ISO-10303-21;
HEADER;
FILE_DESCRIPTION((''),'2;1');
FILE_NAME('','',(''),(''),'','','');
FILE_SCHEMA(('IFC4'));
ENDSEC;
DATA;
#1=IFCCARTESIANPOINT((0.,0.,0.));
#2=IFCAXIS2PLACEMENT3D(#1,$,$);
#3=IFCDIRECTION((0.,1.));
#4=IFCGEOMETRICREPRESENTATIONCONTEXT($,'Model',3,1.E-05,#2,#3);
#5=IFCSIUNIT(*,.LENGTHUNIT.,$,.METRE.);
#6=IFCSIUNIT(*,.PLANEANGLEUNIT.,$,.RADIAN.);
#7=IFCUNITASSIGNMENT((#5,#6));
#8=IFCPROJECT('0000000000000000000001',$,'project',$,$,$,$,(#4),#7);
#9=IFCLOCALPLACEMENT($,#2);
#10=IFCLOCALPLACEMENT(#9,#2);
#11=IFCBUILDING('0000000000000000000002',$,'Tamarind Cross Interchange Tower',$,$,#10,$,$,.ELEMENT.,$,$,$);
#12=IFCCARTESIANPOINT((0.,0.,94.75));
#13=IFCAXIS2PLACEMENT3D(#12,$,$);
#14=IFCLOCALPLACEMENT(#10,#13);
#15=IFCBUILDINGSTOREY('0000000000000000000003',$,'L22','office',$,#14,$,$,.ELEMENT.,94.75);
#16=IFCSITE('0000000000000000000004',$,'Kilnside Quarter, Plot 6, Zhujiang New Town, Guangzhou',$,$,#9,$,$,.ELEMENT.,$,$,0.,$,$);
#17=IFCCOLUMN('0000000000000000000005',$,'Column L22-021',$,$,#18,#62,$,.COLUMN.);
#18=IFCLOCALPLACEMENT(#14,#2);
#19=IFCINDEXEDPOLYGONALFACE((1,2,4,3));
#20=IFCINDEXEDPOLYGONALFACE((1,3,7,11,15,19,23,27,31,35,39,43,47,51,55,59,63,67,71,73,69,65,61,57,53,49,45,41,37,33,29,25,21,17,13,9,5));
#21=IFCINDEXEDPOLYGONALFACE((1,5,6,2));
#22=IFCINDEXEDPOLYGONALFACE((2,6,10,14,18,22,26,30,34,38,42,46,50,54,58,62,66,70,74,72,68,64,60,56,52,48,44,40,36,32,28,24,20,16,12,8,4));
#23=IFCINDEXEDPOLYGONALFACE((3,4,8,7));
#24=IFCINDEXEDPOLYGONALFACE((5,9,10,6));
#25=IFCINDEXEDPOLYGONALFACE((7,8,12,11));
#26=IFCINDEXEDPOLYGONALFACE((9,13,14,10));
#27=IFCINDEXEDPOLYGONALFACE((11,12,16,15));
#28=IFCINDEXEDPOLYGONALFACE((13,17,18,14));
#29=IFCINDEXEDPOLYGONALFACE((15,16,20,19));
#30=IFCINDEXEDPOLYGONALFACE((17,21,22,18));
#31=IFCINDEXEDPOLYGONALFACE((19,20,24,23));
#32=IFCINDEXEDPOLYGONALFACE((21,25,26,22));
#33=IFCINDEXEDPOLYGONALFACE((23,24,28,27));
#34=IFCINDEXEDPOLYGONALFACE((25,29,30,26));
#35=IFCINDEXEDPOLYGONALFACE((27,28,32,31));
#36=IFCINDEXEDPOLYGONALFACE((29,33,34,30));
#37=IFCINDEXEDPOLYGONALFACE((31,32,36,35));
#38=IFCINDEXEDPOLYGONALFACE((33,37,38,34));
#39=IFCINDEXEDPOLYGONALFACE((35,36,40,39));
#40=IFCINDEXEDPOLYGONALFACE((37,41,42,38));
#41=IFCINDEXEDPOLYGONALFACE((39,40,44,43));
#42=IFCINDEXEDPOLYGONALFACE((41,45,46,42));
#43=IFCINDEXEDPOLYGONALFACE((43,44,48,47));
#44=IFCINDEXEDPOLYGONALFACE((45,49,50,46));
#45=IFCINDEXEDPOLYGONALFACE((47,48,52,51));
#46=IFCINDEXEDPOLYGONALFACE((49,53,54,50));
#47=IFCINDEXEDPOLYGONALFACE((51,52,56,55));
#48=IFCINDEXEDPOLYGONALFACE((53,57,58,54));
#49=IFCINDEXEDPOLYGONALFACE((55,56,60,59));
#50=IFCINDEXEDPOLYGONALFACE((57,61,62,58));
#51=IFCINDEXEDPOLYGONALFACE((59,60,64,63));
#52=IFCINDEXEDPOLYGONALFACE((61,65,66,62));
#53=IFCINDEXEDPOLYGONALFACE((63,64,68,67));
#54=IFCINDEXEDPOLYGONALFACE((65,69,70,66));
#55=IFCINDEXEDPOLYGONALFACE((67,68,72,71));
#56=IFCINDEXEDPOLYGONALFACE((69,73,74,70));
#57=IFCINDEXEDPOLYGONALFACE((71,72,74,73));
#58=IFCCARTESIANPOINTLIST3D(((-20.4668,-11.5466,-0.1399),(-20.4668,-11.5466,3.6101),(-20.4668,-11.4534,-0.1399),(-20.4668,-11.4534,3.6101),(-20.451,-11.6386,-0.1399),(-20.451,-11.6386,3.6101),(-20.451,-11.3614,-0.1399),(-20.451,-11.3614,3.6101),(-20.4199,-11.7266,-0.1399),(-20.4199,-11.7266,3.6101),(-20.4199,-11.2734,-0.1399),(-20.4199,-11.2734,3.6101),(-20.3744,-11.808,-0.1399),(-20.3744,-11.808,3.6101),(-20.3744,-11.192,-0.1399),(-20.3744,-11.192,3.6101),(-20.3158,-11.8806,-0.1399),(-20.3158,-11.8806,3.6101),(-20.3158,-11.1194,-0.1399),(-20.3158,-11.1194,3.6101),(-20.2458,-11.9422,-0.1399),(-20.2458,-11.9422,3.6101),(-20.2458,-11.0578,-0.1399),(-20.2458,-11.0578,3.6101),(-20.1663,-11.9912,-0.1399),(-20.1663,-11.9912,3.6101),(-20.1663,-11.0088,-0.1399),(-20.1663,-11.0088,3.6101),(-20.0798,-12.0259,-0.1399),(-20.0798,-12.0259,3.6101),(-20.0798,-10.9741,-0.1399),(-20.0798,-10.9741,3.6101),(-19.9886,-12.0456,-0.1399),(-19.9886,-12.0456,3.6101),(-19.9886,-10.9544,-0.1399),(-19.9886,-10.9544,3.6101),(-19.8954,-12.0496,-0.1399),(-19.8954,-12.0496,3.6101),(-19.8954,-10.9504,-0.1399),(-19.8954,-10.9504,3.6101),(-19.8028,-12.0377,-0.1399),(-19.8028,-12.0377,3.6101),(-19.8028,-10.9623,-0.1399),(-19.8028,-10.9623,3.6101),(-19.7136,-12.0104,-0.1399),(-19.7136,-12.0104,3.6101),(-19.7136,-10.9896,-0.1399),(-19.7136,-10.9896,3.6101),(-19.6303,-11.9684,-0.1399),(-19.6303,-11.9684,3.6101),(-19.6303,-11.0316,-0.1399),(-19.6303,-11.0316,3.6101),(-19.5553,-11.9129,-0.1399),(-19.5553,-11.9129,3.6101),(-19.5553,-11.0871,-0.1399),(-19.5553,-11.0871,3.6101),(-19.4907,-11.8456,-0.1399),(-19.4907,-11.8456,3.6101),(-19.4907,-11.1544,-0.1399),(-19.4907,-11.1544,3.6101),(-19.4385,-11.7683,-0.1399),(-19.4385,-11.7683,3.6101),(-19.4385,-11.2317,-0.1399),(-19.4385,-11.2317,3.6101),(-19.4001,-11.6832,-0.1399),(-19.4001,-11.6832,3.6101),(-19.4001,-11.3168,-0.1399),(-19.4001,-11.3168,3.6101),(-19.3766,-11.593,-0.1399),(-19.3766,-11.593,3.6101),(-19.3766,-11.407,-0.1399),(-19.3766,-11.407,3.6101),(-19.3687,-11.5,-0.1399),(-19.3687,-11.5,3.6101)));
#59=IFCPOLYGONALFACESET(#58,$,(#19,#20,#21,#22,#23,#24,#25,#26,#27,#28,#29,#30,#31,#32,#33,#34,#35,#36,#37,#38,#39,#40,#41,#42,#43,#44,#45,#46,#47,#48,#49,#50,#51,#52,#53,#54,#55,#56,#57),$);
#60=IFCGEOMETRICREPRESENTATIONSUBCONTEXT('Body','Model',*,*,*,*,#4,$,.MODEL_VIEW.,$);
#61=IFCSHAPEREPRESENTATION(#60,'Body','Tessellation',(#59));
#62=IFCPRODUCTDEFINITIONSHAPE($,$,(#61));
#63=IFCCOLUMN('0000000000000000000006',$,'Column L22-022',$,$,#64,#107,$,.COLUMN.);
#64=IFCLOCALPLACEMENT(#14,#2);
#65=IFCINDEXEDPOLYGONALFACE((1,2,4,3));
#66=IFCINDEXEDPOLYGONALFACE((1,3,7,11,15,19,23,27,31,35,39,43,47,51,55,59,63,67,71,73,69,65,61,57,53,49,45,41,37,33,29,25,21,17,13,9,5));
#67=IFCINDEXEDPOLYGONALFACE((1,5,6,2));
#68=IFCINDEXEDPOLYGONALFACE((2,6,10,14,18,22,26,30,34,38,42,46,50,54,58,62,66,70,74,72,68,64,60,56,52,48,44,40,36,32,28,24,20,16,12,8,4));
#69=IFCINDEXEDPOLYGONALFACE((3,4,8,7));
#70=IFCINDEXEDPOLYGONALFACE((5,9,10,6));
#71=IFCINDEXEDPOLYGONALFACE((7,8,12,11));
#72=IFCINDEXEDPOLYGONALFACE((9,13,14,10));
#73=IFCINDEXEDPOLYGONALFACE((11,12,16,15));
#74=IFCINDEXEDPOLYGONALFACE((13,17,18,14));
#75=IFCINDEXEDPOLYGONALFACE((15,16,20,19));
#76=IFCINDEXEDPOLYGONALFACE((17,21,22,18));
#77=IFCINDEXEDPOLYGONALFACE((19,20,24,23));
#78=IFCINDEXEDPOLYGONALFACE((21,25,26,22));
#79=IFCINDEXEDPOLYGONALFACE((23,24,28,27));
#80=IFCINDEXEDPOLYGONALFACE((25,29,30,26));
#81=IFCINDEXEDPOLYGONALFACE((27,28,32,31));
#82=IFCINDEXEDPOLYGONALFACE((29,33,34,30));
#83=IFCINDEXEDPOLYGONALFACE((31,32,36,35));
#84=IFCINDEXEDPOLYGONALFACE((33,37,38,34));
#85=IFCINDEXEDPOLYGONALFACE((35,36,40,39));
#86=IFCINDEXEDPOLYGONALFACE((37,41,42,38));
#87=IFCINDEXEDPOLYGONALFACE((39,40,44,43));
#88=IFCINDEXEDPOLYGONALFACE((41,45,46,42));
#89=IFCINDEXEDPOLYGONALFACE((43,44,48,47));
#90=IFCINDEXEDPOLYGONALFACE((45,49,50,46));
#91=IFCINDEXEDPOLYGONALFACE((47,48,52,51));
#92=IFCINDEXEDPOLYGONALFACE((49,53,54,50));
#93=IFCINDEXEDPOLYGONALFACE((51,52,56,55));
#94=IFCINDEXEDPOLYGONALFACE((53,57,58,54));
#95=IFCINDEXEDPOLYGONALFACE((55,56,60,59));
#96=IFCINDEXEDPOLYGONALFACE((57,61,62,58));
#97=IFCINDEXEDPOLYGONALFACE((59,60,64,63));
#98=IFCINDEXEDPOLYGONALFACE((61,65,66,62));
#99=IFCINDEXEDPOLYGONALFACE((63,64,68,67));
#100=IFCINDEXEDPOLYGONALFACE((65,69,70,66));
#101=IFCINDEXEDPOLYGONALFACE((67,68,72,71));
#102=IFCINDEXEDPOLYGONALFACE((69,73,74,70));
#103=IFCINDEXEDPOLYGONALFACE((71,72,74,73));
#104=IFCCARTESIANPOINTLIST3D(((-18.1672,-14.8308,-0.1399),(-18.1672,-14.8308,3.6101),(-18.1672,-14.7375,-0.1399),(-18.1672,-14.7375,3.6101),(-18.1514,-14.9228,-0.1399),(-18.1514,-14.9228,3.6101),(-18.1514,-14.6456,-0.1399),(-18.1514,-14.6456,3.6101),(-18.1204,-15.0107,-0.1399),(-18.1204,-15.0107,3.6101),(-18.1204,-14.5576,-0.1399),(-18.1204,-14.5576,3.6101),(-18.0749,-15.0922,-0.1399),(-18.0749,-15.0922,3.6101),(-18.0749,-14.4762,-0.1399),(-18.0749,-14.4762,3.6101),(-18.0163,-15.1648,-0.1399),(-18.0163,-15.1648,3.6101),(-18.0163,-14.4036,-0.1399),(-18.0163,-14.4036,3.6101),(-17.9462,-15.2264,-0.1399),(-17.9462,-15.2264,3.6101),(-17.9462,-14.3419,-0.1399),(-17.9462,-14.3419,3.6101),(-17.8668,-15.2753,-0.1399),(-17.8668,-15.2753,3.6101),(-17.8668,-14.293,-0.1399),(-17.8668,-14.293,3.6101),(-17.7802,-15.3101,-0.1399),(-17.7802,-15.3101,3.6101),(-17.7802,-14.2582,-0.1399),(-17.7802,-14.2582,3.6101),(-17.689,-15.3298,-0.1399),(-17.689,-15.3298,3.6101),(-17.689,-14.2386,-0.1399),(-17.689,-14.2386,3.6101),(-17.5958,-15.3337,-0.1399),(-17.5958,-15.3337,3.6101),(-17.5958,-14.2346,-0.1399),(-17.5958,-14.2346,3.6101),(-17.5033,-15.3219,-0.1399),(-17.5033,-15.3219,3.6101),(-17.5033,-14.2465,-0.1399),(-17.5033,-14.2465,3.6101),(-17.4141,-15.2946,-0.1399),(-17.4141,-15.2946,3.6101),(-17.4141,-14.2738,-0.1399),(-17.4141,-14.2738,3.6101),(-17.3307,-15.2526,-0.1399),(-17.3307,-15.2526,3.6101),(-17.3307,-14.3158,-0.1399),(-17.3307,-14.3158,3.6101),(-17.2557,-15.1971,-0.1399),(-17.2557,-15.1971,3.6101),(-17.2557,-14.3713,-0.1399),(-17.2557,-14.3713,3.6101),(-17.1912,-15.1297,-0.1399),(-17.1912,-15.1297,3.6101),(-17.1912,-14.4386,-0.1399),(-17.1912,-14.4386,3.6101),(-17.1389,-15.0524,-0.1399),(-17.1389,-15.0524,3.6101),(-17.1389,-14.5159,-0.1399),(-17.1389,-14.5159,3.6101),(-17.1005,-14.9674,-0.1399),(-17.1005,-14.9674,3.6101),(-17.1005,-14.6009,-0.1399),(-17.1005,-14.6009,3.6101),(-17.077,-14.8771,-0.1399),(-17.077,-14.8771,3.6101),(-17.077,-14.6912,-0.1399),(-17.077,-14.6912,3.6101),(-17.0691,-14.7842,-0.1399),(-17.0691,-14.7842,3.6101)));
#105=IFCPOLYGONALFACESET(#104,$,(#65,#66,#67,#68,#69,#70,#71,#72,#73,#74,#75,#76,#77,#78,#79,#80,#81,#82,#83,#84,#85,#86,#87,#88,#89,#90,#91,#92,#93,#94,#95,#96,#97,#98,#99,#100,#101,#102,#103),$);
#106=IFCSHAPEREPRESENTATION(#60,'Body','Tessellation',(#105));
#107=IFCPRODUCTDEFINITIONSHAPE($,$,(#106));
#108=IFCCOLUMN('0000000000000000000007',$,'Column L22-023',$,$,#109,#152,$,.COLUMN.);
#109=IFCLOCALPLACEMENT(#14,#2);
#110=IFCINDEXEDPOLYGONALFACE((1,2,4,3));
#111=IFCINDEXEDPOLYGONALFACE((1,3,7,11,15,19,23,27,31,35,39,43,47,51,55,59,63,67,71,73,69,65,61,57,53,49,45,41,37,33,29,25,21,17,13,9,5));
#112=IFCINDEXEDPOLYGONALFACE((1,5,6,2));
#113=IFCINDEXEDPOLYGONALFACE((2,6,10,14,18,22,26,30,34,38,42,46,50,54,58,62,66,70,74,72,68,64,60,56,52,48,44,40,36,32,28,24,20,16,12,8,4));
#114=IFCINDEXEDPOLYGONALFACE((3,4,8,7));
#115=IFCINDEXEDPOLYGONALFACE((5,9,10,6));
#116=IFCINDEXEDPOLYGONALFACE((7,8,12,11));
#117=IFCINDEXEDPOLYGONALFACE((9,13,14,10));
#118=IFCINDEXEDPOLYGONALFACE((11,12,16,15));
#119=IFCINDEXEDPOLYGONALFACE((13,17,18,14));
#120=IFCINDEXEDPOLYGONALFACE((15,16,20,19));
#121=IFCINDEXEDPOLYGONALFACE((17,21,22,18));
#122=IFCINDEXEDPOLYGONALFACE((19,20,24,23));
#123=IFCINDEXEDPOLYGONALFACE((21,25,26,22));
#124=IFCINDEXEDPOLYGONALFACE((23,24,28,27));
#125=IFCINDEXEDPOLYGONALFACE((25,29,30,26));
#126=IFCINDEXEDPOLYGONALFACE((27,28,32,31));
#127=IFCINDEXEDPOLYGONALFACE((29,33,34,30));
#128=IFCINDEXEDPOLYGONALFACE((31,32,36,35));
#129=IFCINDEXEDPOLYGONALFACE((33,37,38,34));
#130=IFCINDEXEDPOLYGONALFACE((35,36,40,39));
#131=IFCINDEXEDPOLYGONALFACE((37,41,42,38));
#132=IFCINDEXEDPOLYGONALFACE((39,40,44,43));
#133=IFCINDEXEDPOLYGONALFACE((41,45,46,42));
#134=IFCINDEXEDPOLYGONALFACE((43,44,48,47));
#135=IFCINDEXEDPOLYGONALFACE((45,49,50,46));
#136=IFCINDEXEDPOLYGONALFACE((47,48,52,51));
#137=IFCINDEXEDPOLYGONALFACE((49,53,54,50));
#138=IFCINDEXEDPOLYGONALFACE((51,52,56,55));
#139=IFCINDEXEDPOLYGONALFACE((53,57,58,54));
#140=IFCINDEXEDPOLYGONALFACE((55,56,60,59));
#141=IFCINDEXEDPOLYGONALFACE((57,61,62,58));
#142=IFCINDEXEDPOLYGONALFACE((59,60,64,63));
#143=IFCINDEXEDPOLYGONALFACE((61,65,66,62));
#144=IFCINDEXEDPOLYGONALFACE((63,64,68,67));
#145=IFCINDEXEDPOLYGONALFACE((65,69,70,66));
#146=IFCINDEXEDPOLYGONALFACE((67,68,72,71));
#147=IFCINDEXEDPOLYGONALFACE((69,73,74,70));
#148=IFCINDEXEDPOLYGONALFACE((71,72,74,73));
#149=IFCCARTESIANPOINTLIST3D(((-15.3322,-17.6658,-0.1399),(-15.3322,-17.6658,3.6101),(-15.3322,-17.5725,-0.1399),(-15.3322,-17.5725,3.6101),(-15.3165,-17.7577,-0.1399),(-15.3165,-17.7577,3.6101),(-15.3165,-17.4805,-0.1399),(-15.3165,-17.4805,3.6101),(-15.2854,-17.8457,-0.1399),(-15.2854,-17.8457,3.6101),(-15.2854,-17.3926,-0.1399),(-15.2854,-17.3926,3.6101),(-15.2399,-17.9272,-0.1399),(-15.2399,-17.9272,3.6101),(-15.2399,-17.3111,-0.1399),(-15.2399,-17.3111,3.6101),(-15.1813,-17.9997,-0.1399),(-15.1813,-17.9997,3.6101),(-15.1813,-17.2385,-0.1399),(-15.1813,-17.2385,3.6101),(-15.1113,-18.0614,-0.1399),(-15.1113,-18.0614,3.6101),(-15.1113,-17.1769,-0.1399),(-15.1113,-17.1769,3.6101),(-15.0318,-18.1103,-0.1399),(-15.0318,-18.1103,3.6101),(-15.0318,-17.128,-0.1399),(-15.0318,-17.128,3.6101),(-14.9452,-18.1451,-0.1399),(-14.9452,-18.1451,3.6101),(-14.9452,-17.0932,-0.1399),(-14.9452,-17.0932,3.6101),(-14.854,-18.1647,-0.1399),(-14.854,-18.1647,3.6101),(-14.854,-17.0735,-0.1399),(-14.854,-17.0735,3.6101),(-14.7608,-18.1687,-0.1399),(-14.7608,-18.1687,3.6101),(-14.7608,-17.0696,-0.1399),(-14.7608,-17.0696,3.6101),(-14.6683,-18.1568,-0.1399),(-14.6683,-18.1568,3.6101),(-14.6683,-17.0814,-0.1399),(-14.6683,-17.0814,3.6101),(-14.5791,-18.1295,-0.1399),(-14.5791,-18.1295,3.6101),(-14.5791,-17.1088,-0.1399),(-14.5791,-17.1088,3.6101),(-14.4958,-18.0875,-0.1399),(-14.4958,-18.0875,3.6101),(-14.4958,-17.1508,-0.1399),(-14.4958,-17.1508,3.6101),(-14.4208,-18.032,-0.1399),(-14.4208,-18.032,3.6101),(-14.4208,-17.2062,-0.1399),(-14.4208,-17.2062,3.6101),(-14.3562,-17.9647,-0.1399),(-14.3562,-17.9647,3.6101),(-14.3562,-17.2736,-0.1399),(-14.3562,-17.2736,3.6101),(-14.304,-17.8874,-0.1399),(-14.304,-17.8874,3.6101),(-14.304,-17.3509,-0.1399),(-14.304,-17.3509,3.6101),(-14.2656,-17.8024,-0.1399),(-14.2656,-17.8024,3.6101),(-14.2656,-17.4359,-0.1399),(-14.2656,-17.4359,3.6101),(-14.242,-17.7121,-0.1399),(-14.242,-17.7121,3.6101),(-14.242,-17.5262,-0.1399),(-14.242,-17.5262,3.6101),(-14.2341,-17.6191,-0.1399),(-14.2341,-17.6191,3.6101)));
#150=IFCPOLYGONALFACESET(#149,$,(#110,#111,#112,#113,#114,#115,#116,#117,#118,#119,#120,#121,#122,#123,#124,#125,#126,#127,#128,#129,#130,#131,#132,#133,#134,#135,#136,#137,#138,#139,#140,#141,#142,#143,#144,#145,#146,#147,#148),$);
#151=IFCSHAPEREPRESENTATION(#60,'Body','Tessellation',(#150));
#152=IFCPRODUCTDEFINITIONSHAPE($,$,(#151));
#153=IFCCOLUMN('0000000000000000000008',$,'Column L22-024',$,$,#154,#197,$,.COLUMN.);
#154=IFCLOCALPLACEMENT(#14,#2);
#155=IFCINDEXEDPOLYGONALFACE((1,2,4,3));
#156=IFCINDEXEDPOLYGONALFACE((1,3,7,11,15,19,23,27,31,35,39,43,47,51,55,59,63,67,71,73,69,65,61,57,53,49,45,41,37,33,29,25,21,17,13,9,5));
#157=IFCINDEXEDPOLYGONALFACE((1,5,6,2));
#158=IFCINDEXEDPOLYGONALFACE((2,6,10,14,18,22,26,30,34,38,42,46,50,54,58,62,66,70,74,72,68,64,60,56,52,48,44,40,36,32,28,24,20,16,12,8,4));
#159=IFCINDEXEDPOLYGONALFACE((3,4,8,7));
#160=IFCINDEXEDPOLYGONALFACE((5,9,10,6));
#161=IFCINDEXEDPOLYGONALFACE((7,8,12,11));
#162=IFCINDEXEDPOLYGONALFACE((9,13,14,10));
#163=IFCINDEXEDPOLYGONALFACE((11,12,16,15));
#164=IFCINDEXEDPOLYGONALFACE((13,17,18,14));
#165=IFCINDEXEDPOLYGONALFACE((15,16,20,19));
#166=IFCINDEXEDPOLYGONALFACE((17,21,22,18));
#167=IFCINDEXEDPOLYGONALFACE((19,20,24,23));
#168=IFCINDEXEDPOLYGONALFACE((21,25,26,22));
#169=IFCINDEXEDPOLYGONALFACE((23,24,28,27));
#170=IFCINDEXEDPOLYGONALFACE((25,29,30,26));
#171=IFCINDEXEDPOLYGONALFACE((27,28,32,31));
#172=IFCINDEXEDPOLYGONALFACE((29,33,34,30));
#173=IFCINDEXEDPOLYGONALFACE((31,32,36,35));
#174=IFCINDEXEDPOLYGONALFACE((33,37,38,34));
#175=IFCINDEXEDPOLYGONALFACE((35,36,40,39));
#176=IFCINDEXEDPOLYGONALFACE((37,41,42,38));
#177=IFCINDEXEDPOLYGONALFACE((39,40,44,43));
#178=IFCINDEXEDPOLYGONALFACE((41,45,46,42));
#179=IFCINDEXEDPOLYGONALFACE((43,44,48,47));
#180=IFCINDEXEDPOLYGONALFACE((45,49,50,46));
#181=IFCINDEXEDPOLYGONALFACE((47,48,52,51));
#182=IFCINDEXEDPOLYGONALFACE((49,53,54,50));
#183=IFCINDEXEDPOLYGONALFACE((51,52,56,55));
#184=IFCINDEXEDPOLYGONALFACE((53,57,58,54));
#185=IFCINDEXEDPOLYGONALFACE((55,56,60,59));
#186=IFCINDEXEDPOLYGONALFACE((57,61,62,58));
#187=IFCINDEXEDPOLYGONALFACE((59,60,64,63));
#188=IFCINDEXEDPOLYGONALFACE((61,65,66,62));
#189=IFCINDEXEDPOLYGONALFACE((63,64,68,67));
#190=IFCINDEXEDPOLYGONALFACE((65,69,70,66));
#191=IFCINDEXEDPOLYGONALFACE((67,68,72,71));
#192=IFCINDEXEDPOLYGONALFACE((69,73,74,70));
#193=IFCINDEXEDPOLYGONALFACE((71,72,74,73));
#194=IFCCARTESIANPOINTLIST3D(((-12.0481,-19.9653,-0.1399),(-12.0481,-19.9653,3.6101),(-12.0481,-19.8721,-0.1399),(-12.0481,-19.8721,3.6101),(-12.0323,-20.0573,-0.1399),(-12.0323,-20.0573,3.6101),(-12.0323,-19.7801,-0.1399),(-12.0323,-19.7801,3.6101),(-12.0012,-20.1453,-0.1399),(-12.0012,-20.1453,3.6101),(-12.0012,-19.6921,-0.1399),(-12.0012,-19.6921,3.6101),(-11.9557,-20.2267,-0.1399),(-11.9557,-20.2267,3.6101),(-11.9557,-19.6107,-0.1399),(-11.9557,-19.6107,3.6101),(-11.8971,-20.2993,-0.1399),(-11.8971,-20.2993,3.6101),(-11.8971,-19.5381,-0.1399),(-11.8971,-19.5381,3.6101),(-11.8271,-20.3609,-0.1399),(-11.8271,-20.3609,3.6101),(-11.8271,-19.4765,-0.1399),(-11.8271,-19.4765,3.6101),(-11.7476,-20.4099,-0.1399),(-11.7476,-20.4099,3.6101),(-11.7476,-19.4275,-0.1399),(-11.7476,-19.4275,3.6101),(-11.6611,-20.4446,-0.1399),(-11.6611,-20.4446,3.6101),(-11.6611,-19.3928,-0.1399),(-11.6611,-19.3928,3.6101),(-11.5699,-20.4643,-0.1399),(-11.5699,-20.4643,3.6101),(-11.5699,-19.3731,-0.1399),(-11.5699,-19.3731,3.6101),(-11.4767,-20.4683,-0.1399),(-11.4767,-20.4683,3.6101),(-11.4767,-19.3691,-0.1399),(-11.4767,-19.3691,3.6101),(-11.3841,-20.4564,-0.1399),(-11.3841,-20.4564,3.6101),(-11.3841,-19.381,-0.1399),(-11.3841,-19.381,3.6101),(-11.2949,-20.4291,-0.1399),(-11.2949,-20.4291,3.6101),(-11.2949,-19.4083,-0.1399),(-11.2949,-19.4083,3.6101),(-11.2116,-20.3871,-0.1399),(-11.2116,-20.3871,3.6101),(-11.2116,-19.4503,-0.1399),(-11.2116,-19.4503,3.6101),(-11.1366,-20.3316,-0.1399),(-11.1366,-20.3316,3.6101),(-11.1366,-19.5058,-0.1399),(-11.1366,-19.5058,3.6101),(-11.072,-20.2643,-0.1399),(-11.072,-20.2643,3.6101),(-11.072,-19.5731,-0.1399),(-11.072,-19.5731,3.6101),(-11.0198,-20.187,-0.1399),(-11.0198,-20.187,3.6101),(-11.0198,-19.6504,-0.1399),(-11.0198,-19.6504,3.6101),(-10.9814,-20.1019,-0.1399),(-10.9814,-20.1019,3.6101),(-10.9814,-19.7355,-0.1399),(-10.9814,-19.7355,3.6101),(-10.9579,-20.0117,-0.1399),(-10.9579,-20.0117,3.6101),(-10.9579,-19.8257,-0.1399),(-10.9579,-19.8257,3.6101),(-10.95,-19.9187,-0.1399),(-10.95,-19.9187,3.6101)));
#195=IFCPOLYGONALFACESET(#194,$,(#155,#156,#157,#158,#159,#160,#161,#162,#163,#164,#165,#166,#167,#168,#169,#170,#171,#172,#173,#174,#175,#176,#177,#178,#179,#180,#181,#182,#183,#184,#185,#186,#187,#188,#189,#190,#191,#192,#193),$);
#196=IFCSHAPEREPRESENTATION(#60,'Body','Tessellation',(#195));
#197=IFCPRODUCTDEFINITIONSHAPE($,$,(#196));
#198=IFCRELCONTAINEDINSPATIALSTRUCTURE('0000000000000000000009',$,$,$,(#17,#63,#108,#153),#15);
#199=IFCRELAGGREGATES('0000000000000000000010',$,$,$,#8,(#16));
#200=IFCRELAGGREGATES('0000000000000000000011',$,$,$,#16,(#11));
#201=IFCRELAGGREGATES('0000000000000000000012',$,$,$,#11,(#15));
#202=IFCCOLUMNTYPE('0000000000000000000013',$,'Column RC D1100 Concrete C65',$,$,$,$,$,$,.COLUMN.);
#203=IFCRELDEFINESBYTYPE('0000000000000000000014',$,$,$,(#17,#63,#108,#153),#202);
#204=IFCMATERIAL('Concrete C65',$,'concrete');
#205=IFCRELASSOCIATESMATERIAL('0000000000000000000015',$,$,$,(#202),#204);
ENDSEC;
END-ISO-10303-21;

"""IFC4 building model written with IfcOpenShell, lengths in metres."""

from ifc_helpers import new_model, si_unit, direction, frame, origin, origin_2d, place, context, subcontext, project, spatial, circle, extrude, material, material_profile, profile_set, type_object, element, save


model = new_model("IFC4")

# Units and contexts
model_context = context("Model", 3, precision=1e-05, world=origin(), true_north=direction((0.0, 1.0)))
body_context = subcontext(model_context, "Body", "Model", "MODEL_VIEW")
ifc_project = project(units=[si_unit("LENGTHUNIT", "METRE"), si_unit("PLANEANGLEUNIT", "RADIAN")], contexts=[model_context])

# Site, building, storey
site_placement = place(None, origin())
site = spatial("IfcSite", under=ifc_project, at=site_placement, Name="Kilnside Quarter, Plot 6, Zhujiang New Town, Guangzhou", CompositionType="ELEMENT", RefElevation=0.0)
building_placement = place(site_placement, origin())
building = spatial("IfcBuilding", under=site, at=building_placement, Name="Tamarind Cross Interchange Tower", CompositionType="ELEMENT")
storey_placement = place(building_placement, frame((0.0, 0.0, 94.75)))
storey = spatial("IfcBuildingStorey", under=building, at=storey_placement, Name="L22", Description="office", CompositionType="ELEMENT", Elevation=94.75)

# Columns
ifc_material_1 = material(Name="Concrete C65", Category="concrete")
ifc_material_profile_1 = material_profile(ifc_material_1, circle(Radius=0.55, at=origin_2d()), Name="RC D1100")
ifc_profile_set_1 = profile_set([ifc_material_profile_1], Name="Concrete C65")
column_type = type_object("IfcColumnType", Name="Column RC D1100 Concrete C65", PredefinedType="COLUMN", material=ifc_profile_set_1)
for number, where, z_axis, x_axis, name in (
    (1, (-19.9187, -11.5, -0.1399), (0.0, 0.0, 1.0), (1.0, 0.0, 0.0), "Column L22-021"),
    (2, (-17.6191, -14.7842, -0.1399), (0.0, 0.0, 1.0), (1.0, 0.0, 0.0), "Column L22-022"),
    (3, (-14.7842, -17.6191, -0.1399), (0.0, 0.0, 1.0), (1.0, 0.0, 0.0), "Column L22-023"),
    (4, (-11.5, -19.9187, -0.1399), (0.0, 0.0, 1.0), (1.0, 0.0, 0.0), "Column L22-024"),
):
    element("IfcColumn", number, at=place(storey_placement, frame(where, z_axis=z_axis, x_axis=x_axis)), inside=storey, type_object=column_type, Name=name, PredefinedType="COLUMN", context=body_context, shape_type="SweptSolid", body=[
        extrude(circle(Radius=0.55, at=origin_2d()), origin(), (0.0, 0.0, 1.0), 3.75),
    ])

save(model, "model.ifc")
